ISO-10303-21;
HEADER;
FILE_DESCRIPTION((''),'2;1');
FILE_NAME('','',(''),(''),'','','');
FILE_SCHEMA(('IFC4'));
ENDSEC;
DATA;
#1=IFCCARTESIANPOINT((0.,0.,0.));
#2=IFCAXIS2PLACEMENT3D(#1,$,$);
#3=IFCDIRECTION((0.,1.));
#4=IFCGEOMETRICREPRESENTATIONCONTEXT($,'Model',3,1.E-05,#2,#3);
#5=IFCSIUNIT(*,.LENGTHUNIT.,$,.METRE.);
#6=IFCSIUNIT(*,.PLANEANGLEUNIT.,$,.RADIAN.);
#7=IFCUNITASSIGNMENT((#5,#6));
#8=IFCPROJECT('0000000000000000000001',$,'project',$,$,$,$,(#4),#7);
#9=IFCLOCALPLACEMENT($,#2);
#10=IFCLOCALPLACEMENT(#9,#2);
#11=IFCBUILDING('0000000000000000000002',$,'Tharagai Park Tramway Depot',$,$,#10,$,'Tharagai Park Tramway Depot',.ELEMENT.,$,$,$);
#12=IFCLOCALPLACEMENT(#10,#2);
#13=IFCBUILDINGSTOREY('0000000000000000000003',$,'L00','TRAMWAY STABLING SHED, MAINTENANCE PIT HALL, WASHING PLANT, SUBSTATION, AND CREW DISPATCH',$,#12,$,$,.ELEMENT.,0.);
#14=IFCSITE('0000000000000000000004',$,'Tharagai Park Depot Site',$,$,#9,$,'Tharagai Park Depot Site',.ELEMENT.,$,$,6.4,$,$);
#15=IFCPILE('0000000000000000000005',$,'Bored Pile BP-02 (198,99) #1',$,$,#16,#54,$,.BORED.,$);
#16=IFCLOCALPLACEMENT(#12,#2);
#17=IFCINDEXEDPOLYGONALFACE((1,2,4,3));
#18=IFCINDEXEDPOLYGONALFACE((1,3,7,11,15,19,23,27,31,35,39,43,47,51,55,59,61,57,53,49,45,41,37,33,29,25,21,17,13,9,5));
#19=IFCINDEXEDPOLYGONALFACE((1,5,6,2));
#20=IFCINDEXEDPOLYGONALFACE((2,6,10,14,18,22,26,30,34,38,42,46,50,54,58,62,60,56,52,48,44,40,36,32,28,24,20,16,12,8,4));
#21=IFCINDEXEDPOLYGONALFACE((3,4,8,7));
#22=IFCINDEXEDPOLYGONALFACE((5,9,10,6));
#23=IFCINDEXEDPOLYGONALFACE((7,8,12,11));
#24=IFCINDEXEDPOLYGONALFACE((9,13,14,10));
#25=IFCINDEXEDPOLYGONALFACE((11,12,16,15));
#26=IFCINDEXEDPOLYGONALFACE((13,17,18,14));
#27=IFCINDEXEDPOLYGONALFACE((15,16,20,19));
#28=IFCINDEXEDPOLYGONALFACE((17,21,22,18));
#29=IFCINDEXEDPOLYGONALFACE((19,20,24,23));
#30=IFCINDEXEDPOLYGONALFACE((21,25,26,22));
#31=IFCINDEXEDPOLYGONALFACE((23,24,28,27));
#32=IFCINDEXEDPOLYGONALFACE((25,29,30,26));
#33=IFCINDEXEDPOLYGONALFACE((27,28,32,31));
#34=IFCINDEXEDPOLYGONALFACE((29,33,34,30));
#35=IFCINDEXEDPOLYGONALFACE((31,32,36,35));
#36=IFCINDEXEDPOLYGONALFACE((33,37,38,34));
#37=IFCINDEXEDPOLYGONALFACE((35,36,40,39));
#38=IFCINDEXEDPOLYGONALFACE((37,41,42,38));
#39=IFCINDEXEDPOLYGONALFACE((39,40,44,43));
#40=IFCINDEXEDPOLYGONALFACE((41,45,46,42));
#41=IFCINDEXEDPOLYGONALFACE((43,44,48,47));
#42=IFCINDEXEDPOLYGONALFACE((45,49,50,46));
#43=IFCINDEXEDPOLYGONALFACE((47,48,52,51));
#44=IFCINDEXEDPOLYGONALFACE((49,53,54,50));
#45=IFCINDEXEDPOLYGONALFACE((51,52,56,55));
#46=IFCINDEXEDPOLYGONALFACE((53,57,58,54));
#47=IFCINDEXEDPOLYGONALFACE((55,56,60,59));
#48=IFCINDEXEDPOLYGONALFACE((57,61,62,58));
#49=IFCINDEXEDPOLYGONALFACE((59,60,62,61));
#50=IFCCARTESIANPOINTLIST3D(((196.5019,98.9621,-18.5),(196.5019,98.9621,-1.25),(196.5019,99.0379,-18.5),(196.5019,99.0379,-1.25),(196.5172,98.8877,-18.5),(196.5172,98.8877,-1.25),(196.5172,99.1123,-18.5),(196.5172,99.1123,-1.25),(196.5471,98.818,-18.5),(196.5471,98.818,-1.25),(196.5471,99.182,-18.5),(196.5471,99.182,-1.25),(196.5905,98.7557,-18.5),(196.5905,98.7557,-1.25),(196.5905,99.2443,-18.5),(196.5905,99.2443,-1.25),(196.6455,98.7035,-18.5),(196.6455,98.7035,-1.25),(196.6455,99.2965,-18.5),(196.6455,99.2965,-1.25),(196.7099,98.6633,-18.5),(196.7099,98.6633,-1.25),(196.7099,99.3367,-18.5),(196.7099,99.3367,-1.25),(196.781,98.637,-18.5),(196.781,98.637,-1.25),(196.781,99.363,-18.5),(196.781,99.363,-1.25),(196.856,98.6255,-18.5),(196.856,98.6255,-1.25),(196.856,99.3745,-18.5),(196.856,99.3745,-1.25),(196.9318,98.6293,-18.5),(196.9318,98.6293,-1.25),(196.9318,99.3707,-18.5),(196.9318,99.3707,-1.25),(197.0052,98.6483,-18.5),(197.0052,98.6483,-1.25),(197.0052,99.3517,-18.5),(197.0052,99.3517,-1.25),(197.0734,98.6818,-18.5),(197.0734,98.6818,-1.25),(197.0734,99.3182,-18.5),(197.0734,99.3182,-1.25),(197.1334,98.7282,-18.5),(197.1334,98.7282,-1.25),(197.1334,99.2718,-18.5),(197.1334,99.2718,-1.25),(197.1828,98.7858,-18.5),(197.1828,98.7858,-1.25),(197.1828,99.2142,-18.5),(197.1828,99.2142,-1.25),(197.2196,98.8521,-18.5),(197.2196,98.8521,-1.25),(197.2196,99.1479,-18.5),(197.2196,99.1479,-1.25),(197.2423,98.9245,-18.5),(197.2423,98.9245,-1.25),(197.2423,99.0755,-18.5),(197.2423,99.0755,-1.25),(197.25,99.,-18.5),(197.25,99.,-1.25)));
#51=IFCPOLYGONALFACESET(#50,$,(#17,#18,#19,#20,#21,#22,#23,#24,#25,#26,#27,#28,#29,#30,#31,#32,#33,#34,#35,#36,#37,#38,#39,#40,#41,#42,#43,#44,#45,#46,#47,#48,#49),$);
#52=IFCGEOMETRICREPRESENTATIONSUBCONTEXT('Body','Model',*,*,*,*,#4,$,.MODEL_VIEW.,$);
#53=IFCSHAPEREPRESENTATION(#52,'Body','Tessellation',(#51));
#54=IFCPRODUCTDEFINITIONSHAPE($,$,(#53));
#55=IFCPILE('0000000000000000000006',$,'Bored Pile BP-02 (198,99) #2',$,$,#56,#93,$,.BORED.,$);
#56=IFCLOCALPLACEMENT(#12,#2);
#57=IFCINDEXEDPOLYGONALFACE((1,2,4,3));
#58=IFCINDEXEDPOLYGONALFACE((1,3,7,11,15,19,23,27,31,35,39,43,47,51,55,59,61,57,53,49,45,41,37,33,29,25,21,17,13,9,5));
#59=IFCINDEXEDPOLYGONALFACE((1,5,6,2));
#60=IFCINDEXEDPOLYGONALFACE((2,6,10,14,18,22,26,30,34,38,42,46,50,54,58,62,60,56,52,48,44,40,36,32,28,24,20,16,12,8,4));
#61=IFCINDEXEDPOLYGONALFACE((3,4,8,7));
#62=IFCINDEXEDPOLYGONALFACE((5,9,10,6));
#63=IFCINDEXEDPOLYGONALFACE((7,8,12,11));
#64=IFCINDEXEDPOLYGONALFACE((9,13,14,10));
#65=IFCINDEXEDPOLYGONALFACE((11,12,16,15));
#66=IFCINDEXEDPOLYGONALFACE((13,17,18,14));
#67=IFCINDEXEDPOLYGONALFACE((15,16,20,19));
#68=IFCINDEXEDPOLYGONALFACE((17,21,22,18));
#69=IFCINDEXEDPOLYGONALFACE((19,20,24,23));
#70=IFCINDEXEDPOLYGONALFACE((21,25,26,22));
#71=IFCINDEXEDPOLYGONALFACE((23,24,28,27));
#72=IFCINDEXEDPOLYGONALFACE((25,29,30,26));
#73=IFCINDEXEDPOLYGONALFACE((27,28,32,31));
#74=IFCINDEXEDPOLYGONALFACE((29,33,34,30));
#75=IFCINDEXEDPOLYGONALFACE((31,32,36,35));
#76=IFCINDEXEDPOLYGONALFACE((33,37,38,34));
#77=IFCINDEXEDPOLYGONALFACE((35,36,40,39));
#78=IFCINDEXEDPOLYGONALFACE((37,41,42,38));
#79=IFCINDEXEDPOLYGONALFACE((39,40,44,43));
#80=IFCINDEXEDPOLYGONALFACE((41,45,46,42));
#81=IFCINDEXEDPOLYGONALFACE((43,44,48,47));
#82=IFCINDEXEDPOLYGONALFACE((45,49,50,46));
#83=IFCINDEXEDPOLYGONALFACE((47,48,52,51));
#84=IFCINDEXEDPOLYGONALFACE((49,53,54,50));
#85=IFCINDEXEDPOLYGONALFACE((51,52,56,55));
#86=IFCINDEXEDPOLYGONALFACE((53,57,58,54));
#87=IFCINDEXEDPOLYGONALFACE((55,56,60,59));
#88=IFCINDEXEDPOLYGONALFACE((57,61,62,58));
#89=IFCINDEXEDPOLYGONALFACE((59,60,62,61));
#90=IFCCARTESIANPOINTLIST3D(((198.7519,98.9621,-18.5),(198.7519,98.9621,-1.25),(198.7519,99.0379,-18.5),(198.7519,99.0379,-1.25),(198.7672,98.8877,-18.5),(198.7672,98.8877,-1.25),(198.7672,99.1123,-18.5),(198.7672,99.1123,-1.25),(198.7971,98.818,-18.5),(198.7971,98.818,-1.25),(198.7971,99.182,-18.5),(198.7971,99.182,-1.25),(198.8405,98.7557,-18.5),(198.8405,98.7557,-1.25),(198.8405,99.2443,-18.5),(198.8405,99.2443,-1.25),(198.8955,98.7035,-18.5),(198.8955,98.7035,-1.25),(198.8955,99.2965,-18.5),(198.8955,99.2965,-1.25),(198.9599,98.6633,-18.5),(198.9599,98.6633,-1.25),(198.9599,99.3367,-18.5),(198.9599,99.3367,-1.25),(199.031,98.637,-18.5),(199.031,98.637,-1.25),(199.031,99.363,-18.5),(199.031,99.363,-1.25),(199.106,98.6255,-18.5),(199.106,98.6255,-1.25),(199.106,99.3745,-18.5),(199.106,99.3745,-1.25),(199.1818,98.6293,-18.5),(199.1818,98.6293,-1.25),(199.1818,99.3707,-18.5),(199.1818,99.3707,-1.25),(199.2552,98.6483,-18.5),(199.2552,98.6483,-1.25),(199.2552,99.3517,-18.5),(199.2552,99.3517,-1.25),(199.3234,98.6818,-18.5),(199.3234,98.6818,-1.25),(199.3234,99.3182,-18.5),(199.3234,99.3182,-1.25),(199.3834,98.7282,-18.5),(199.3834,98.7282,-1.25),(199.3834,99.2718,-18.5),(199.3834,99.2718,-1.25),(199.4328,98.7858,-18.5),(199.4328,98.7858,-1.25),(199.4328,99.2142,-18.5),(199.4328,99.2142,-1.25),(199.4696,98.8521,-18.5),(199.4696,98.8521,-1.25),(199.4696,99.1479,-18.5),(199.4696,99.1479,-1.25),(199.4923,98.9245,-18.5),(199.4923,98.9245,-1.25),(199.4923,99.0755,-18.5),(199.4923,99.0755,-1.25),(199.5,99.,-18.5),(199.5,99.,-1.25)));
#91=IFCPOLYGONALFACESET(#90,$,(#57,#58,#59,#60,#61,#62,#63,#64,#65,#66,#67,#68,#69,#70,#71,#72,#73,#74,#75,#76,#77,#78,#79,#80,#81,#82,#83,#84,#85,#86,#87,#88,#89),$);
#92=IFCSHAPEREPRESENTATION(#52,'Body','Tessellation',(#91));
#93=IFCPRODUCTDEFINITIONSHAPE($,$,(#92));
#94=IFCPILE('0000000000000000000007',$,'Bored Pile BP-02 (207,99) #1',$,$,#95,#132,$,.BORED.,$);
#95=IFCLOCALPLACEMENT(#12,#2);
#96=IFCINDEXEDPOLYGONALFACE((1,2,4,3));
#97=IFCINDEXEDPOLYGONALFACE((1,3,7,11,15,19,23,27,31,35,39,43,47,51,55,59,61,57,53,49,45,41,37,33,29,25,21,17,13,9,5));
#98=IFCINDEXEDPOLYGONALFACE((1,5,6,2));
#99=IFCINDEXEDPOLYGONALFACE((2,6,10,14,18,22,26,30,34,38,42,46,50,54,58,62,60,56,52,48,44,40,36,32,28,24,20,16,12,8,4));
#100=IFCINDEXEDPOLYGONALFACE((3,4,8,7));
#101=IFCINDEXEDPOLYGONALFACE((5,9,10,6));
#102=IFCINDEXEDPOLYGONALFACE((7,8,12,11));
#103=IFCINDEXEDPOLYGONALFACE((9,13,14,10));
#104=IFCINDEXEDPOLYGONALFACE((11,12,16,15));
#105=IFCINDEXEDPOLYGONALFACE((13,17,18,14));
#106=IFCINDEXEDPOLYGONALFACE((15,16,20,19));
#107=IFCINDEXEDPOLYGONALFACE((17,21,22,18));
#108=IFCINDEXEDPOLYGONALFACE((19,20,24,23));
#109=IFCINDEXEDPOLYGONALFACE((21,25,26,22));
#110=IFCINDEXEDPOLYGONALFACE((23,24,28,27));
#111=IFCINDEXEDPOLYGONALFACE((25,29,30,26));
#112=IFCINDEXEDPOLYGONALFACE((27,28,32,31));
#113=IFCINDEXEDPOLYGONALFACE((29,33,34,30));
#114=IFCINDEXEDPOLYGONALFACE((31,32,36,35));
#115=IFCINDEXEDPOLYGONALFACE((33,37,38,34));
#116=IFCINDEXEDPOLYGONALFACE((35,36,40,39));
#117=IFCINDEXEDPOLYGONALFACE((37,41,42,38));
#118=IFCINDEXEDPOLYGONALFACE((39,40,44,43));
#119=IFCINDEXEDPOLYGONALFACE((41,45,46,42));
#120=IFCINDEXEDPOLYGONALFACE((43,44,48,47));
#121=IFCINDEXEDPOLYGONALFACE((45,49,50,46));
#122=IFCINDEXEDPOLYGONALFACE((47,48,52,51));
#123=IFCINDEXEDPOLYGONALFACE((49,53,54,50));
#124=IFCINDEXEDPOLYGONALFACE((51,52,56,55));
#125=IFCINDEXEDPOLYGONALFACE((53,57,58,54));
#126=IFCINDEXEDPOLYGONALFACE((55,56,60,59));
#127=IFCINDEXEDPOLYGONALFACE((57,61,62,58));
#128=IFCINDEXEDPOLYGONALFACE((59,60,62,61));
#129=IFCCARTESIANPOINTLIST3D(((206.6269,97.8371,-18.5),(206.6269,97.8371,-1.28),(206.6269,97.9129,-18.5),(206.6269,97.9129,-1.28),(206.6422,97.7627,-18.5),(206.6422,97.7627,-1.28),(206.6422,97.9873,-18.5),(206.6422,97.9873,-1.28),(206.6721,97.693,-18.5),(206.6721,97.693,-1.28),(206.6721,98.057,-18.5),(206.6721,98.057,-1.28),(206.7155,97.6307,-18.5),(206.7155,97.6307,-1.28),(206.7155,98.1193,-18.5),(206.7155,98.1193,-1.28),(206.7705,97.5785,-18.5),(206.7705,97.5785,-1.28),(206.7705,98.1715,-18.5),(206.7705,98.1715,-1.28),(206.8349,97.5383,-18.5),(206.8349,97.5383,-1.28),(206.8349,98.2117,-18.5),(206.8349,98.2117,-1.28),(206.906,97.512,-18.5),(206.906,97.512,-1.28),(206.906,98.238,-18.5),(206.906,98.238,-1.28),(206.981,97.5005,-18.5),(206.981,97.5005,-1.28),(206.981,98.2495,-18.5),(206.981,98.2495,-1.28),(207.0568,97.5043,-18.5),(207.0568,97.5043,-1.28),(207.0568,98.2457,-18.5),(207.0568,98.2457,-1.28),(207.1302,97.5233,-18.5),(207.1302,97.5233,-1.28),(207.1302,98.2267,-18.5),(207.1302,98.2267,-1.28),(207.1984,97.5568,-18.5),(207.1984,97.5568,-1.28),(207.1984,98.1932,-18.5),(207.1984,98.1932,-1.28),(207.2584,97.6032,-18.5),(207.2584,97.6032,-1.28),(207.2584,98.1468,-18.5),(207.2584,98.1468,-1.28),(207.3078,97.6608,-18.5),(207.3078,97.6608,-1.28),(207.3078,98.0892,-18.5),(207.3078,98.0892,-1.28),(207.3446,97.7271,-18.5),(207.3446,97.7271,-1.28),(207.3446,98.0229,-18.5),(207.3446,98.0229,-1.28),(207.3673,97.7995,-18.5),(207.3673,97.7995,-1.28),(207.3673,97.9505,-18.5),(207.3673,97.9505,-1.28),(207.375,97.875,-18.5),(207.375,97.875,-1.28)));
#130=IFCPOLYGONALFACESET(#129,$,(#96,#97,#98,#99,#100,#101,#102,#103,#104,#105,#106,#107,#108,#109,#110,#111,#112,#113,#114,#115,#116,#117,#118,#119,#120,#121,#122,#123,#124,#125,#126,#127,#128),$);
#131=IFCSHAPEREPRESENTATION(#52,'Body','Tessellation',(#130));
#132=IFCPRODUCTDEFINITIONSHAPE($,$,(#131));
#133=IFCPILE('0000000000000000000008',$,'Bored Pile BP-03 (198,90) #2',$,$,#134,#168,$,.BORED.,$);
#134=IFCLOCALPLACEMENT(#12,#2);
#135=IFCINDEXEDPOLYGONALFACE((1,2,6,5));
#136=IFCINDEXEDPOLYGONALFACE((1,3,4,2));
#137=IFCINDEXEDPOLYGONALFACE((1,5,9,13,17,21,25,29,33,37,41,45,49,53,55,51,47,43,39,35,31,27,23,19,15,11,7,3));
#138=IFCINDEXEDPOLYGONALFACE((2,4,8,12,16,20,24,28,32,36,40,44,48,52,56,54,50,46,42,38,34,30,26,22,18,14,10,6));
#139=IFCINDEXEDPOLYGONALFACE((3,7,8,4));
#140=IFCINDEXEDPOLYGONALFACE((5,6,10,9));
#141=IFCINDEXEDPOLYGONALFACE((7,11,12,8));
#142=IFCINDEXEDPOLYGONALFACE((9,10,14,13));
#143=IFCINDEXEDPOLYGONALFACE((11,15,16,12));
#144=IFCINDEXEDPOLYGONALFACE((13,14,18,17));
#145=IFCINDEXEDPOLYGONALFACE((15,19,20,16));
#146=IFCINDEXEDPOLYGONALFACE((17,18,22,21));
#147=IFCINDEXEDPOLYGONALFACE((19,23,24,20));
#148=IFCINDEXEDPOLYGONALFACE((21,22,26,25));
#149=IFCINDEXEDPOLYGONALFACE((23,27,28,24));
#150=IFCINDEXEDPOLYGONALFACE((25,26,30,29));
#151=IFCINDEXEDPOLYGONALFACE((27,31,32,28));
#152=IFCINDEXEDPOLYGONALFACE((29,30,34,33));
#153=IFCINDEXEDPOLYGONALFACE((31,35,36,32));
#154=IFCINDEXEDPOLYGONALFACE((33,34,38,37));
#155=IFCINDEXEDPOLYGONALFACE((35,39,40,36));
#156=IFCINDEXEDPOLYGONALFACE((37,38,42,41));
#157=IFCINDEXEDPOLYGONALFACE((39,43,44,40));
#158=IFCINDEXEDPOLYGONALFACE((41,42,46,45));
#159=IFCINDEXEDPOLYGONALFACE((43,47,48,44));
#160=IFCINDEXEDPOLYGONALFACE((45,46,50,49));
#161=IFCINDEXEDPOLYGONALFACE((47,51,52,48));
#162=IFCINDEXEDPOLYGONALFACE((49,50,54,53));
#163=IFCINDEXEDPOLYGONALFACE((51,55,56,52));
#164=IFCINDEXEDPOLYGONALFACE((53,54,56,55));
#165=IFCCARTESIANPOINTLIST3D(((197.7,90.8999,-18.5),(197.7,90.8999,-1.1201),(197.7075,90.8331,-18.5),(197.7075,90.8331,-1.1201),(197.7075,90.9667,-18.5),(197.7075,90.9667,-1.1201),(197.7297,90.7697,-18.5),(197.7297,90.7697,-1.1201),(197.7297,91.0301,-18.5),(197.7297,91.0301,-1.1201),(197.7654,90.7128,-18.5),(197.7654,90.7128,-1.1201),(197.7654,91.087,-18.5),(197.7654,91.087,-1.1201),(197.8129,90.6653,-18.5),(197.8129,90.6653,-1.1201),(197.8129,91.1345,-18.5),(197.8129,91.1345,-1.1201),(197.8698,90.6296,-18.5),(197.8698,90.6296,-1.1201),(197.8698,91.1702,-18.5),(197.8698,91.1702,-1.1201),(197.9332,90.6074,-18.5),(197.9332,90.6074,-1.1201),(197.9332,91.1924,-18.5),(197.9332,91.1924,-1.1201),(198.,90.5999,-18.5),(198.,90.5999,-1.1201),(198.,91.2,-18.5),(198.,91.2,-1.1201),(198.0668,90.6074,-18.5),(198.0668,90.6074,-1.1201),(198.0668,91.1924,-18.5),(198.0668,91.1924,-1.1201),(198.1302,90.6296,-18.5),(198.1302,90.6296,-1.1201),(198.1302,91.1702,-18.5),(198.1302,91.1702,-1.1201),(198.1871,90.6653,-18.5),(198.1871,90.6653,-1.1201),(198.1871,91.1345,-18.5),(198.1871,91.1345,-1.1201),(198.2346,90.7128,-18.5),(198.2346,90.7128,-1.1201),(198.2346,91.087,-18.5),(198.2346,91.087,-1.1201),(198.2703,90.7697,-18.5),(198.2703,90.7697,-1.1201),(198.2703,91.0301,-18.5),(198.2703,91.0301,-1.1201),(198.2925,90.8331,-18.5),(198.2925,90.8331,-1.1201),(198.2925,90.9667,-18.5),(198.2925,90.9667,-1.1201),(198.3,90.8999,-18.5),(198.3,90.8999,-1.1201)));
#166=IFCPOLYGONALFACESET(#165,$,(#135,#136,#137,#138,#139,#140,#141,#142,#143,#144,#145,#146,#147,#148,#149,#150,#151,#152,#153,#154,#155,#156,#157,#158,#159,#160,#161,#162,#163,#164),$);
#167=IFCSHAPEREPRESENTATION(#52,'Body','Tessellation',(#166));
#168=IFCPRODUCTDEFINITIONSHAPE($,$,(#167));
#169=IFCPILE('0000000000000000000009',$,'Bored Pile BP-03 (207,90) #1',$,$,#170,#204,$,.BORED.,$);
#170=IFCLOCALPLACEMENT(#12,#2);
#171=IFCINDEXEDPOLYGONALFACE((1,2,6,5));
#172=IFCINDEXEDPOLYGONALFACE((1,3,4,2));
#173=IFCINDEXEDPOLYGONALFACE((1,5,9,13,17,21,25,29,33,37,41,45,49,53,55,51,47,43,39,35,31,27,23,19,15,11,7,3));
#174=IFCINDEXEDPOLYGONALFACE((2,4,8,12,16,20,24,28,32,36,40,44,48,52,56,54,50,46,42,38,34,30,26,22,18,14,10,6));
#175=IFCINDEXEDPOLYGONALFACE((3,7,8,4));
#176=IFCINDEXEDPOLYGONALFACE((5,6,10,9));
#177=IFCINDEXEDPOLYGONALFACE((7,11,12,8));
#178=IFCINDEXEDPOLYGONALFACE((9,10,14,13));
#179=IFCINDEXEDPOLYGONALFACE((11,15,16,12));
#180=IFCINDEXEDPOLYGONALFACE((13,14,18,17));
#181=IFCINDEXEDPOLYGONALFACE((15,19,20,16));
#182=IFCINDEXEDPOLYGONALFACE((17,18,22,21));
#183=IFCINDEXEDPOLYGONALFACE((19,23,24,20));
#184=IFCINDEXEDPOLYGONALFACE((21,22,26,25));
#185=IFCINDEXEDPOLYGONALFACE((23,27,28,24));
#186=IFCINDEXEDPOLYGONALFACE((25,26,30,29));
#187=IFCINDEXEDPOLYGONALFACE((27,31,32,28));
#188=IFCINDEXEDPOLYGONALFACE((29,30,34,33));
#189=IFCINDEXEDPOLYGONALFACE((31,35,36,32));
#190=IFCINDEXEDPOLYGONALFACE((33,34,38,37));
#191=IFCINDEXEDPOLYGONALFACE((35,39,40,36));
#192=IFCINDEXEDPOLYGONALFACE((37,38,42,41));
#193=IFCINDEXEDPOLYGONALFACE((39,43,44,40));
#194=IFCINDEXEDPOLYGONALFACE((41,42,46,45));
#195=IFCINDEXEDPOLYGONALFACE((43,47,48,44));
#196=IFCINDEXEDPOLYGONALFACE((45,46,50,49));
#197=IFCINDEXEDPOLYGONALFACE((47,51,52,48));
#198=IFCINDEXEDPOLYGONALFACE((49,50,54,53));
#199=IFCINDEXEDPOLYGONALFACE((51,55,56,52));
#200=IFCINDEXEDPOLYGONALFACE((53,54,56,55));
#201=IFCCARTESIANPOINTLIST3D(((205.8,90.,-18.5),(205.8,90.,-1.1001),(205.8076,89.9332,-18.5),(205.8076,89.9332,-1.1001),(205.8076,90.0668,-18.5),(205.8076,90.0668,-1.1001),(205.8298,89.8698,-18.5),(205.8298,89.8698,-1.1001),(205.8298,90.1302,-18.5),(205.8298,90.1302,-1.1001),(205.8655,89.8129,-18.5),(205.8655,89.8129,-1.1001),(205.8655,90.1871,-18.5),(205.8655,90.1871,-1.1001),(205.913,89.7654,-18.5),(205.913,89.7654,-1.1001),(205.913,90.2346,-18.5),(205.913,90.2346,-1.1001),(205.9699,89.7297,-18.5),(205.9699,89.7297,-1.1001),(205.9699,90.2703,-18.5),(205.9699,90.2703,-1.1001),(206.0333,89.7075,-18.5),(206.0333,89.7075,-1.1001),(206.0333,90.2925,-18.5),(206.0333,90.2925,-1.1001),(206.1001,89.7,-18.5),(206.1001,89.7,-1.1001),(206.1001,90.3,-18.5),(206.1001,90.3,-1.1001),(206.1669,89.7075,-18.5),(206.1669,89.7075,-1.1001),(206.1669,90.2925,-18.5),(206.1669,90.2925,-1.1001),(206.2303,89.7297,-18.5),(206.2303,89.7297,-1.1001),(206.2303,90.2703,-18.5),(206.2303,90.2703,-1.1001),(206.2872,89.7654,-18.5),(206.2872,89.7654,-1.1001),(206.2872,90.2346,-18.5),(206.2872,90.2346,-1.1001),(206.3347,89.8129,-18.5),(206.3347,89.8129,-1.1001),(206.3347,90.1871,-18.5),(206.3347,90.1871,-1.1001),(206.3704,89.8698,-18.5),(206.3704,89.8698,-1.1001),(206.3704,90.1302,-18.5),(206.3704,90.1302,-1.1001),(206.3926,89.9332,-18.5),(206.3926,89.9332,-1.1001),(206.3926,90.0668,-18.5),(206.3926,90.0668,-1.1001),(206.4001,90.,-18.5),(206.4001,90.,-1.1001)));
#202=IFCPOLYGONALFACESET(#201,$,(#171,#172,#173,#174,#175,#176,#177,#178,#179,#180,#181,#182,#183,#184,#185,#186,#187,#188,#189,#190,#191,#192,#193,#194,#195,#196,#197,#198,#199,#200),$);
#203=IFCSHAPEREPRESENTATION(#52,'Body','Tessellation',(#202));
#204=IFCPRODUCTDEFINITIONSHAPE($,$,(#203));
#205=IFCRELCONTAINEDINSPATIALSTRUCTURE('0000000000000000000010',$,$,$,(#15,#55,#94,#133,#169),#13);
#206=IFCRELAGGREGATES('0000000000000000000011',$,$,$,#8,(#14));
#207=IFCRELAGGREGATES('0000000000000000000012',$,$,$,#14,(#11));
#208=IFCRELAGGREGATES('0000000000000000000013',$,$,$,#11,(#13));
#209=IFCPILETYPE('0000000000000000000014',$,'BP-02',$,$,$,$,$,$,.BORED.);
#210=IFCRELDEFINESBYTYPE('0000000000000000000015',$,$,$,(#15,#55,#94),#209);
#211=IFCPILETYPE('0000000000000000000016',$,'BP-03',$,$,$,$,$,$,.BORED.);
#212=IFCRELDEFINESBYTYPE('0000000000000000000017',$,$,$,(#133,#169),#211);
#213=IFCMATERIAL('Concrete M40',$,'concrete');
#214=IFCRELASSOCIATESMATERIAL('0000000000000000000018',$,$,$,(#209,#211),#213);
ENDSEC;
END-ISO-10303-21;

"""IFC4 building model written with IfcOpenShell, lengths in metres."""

from ifc_helpers import new_model, si_unit, direction, frame, origin, origin_2d, place, context, subcontext, project, spatial, circle, extrude, material, material_profile, profile_set, type_object, element, save


model = new_model("IFC4")

# Units and contexts
model_context = context("Model", 3, precision=1e-05, world=origin(), true_north=direction((0.0, 1.0)))
body_context = subcontext(model_context, "Body", "Model", "MODEL_VIEW")
ifc_project = project(units=[si_unit("LENGTHUNIT", "METRE"), si_unit("PLANEANGLEUNIT", "RADIAN")], contexts=[model_context])

# Site, building, storey
site_placement = place(None, origin())
site = spatial("IfcSite", under=ifc_project, at=site_placement, Name="Tharagai Park Depot Site", LongName="Tharagai Park Depot Site", CompositionType="ELEMENT", RefElevation=6.4)
building_placement = place(site_placement, origin())
building = spatial("IfcBuilding", under=site, at=building_placement, Name="Tharagai Park Tramway Depot", LongName="Tharagai Park Tramway Depot", CompositionType="ELEMENT")
storey_placement = place(building_placement, origin())
storey = spatial("IfcBuildingStorey", under=building, at=storey_placement, Name="L00", Description="TRAMWAY STABLING SHED, MAINTENANCE PIT HALL, WASHING PLANT, SUBSTATION, AND CREW DISPATCH", CompositionType="ELEMENT", Elevation=0.0)

# Piles
ifc_material_1 = material(Name="Concrete M40", Category="concrete")
ifc_material_profile_1 = material_profile(ifc_material_1, circle(Radius=0.375, at=origin_2d()), Name="PILE D750")
ifc_profile_set_1 = profile_set([ifc_material_profile_1], Name="Concrete M40")
pile_type_1 = type_object("IfcPileType", Name="BP-02", PredefinedType="BORED", material=ifc_profile_set_1)
for number, where, z_axis, x_axis, name in (
    (1, (196.875, 99.0, -1.25), (0.0, 0.0, -1.0), (1.0, 0.0, 0.0), "Bored Pile BP-02 (198,99) #1"),
    (2, (199.125, 99.0, -1.25), (0.0, 0.0, -1.0), (1.0, 0.0, 0.0), "Bored Pile BP-02 (198,99) #2"),
):
    element("IfcPile", number, at=place(storey_placement, frame(where, z_axis=z_axis, x_axis=x_axis)), inside=storey, type_object=pile_type_1, Name=name, PredefinedType="BORED", context=body_context, shape_type="SweptSolid", body=[
        extrude(circle(Radius=0.375, at=origin_2d()), origin(), (0.0, 0.0, 1.0), 17.25),
    ])
pile_1_placement = place(storey_placement, frame((207.0, 97.875, -1.28), z_axis=(0.0, 0.0, -1.0), x_axis=(1.0, 0.0, 0.0)))
element("IfcPile", 3, at=pile_1_placement, inside=storey, type_object=pile_type_1, Name="Bored Pile BP-02 (207,99) #1", PredefinedType="BORED", context=body_context, shape_type="SweptSolid", body=[
    extrude(circle(Radius=0.375, at=origin_2d()), origin(), (0.0, 0.0, 1.0), 17.22),
])
ifc_material_profile_2 = material_profile(ifc_material_1, circle(Radius=0.3, at=origin_2d()), Name="PILE D600")
ifc_profile_set_2 = profile_set([ifc_material_profile_2], Name="Concrete M40")
pile_type_2 = type_object("IfcPileType", Name="BP-03", PredefinedType="BORED", material=ifc_profile_set_2)
pile_2_placement = place(storey_placement, frame((198.0, 90.8999, -1.1201), z_axis=(0.0, 0.0, -1.0), x_axis=(1.0, 0.0, 0.0)))
element("IfcPile", 4, at=pile_2_placement, inside=storey, type_object=pile_type_2, Name="Bored Pile BP-03 (198,90) #2", PredefinedType="BORED", context=body_context, shape_type="SweptSolid", body=[
    extrude(circle(Radius=0.3, at=origin_2d()), origin(), (0.0, 0.0, 1.0), 17.3799),
])
pile_3_placement = place(storey_placement, frame((206.1001, 90.0, -1.1001), z_axis=(0.0, 0.0, -1.0), x_axis=(1.0, 0.0, 0.0)))
element("IfcPile", 5, at=pile_3_placement, inside=storey, type_object=pile_type_2, Name="Bored Pile BP-03 (207,90) #1", PredefinedType="BORED", context=body_context, shape_type="SweptSolid", body=[
    extrude(circle(Radius=0.3, at=origin_2d()), origin(), (0.0, 0.0, 1.0), 17.3999),
])

save(model, "model.ifc")
